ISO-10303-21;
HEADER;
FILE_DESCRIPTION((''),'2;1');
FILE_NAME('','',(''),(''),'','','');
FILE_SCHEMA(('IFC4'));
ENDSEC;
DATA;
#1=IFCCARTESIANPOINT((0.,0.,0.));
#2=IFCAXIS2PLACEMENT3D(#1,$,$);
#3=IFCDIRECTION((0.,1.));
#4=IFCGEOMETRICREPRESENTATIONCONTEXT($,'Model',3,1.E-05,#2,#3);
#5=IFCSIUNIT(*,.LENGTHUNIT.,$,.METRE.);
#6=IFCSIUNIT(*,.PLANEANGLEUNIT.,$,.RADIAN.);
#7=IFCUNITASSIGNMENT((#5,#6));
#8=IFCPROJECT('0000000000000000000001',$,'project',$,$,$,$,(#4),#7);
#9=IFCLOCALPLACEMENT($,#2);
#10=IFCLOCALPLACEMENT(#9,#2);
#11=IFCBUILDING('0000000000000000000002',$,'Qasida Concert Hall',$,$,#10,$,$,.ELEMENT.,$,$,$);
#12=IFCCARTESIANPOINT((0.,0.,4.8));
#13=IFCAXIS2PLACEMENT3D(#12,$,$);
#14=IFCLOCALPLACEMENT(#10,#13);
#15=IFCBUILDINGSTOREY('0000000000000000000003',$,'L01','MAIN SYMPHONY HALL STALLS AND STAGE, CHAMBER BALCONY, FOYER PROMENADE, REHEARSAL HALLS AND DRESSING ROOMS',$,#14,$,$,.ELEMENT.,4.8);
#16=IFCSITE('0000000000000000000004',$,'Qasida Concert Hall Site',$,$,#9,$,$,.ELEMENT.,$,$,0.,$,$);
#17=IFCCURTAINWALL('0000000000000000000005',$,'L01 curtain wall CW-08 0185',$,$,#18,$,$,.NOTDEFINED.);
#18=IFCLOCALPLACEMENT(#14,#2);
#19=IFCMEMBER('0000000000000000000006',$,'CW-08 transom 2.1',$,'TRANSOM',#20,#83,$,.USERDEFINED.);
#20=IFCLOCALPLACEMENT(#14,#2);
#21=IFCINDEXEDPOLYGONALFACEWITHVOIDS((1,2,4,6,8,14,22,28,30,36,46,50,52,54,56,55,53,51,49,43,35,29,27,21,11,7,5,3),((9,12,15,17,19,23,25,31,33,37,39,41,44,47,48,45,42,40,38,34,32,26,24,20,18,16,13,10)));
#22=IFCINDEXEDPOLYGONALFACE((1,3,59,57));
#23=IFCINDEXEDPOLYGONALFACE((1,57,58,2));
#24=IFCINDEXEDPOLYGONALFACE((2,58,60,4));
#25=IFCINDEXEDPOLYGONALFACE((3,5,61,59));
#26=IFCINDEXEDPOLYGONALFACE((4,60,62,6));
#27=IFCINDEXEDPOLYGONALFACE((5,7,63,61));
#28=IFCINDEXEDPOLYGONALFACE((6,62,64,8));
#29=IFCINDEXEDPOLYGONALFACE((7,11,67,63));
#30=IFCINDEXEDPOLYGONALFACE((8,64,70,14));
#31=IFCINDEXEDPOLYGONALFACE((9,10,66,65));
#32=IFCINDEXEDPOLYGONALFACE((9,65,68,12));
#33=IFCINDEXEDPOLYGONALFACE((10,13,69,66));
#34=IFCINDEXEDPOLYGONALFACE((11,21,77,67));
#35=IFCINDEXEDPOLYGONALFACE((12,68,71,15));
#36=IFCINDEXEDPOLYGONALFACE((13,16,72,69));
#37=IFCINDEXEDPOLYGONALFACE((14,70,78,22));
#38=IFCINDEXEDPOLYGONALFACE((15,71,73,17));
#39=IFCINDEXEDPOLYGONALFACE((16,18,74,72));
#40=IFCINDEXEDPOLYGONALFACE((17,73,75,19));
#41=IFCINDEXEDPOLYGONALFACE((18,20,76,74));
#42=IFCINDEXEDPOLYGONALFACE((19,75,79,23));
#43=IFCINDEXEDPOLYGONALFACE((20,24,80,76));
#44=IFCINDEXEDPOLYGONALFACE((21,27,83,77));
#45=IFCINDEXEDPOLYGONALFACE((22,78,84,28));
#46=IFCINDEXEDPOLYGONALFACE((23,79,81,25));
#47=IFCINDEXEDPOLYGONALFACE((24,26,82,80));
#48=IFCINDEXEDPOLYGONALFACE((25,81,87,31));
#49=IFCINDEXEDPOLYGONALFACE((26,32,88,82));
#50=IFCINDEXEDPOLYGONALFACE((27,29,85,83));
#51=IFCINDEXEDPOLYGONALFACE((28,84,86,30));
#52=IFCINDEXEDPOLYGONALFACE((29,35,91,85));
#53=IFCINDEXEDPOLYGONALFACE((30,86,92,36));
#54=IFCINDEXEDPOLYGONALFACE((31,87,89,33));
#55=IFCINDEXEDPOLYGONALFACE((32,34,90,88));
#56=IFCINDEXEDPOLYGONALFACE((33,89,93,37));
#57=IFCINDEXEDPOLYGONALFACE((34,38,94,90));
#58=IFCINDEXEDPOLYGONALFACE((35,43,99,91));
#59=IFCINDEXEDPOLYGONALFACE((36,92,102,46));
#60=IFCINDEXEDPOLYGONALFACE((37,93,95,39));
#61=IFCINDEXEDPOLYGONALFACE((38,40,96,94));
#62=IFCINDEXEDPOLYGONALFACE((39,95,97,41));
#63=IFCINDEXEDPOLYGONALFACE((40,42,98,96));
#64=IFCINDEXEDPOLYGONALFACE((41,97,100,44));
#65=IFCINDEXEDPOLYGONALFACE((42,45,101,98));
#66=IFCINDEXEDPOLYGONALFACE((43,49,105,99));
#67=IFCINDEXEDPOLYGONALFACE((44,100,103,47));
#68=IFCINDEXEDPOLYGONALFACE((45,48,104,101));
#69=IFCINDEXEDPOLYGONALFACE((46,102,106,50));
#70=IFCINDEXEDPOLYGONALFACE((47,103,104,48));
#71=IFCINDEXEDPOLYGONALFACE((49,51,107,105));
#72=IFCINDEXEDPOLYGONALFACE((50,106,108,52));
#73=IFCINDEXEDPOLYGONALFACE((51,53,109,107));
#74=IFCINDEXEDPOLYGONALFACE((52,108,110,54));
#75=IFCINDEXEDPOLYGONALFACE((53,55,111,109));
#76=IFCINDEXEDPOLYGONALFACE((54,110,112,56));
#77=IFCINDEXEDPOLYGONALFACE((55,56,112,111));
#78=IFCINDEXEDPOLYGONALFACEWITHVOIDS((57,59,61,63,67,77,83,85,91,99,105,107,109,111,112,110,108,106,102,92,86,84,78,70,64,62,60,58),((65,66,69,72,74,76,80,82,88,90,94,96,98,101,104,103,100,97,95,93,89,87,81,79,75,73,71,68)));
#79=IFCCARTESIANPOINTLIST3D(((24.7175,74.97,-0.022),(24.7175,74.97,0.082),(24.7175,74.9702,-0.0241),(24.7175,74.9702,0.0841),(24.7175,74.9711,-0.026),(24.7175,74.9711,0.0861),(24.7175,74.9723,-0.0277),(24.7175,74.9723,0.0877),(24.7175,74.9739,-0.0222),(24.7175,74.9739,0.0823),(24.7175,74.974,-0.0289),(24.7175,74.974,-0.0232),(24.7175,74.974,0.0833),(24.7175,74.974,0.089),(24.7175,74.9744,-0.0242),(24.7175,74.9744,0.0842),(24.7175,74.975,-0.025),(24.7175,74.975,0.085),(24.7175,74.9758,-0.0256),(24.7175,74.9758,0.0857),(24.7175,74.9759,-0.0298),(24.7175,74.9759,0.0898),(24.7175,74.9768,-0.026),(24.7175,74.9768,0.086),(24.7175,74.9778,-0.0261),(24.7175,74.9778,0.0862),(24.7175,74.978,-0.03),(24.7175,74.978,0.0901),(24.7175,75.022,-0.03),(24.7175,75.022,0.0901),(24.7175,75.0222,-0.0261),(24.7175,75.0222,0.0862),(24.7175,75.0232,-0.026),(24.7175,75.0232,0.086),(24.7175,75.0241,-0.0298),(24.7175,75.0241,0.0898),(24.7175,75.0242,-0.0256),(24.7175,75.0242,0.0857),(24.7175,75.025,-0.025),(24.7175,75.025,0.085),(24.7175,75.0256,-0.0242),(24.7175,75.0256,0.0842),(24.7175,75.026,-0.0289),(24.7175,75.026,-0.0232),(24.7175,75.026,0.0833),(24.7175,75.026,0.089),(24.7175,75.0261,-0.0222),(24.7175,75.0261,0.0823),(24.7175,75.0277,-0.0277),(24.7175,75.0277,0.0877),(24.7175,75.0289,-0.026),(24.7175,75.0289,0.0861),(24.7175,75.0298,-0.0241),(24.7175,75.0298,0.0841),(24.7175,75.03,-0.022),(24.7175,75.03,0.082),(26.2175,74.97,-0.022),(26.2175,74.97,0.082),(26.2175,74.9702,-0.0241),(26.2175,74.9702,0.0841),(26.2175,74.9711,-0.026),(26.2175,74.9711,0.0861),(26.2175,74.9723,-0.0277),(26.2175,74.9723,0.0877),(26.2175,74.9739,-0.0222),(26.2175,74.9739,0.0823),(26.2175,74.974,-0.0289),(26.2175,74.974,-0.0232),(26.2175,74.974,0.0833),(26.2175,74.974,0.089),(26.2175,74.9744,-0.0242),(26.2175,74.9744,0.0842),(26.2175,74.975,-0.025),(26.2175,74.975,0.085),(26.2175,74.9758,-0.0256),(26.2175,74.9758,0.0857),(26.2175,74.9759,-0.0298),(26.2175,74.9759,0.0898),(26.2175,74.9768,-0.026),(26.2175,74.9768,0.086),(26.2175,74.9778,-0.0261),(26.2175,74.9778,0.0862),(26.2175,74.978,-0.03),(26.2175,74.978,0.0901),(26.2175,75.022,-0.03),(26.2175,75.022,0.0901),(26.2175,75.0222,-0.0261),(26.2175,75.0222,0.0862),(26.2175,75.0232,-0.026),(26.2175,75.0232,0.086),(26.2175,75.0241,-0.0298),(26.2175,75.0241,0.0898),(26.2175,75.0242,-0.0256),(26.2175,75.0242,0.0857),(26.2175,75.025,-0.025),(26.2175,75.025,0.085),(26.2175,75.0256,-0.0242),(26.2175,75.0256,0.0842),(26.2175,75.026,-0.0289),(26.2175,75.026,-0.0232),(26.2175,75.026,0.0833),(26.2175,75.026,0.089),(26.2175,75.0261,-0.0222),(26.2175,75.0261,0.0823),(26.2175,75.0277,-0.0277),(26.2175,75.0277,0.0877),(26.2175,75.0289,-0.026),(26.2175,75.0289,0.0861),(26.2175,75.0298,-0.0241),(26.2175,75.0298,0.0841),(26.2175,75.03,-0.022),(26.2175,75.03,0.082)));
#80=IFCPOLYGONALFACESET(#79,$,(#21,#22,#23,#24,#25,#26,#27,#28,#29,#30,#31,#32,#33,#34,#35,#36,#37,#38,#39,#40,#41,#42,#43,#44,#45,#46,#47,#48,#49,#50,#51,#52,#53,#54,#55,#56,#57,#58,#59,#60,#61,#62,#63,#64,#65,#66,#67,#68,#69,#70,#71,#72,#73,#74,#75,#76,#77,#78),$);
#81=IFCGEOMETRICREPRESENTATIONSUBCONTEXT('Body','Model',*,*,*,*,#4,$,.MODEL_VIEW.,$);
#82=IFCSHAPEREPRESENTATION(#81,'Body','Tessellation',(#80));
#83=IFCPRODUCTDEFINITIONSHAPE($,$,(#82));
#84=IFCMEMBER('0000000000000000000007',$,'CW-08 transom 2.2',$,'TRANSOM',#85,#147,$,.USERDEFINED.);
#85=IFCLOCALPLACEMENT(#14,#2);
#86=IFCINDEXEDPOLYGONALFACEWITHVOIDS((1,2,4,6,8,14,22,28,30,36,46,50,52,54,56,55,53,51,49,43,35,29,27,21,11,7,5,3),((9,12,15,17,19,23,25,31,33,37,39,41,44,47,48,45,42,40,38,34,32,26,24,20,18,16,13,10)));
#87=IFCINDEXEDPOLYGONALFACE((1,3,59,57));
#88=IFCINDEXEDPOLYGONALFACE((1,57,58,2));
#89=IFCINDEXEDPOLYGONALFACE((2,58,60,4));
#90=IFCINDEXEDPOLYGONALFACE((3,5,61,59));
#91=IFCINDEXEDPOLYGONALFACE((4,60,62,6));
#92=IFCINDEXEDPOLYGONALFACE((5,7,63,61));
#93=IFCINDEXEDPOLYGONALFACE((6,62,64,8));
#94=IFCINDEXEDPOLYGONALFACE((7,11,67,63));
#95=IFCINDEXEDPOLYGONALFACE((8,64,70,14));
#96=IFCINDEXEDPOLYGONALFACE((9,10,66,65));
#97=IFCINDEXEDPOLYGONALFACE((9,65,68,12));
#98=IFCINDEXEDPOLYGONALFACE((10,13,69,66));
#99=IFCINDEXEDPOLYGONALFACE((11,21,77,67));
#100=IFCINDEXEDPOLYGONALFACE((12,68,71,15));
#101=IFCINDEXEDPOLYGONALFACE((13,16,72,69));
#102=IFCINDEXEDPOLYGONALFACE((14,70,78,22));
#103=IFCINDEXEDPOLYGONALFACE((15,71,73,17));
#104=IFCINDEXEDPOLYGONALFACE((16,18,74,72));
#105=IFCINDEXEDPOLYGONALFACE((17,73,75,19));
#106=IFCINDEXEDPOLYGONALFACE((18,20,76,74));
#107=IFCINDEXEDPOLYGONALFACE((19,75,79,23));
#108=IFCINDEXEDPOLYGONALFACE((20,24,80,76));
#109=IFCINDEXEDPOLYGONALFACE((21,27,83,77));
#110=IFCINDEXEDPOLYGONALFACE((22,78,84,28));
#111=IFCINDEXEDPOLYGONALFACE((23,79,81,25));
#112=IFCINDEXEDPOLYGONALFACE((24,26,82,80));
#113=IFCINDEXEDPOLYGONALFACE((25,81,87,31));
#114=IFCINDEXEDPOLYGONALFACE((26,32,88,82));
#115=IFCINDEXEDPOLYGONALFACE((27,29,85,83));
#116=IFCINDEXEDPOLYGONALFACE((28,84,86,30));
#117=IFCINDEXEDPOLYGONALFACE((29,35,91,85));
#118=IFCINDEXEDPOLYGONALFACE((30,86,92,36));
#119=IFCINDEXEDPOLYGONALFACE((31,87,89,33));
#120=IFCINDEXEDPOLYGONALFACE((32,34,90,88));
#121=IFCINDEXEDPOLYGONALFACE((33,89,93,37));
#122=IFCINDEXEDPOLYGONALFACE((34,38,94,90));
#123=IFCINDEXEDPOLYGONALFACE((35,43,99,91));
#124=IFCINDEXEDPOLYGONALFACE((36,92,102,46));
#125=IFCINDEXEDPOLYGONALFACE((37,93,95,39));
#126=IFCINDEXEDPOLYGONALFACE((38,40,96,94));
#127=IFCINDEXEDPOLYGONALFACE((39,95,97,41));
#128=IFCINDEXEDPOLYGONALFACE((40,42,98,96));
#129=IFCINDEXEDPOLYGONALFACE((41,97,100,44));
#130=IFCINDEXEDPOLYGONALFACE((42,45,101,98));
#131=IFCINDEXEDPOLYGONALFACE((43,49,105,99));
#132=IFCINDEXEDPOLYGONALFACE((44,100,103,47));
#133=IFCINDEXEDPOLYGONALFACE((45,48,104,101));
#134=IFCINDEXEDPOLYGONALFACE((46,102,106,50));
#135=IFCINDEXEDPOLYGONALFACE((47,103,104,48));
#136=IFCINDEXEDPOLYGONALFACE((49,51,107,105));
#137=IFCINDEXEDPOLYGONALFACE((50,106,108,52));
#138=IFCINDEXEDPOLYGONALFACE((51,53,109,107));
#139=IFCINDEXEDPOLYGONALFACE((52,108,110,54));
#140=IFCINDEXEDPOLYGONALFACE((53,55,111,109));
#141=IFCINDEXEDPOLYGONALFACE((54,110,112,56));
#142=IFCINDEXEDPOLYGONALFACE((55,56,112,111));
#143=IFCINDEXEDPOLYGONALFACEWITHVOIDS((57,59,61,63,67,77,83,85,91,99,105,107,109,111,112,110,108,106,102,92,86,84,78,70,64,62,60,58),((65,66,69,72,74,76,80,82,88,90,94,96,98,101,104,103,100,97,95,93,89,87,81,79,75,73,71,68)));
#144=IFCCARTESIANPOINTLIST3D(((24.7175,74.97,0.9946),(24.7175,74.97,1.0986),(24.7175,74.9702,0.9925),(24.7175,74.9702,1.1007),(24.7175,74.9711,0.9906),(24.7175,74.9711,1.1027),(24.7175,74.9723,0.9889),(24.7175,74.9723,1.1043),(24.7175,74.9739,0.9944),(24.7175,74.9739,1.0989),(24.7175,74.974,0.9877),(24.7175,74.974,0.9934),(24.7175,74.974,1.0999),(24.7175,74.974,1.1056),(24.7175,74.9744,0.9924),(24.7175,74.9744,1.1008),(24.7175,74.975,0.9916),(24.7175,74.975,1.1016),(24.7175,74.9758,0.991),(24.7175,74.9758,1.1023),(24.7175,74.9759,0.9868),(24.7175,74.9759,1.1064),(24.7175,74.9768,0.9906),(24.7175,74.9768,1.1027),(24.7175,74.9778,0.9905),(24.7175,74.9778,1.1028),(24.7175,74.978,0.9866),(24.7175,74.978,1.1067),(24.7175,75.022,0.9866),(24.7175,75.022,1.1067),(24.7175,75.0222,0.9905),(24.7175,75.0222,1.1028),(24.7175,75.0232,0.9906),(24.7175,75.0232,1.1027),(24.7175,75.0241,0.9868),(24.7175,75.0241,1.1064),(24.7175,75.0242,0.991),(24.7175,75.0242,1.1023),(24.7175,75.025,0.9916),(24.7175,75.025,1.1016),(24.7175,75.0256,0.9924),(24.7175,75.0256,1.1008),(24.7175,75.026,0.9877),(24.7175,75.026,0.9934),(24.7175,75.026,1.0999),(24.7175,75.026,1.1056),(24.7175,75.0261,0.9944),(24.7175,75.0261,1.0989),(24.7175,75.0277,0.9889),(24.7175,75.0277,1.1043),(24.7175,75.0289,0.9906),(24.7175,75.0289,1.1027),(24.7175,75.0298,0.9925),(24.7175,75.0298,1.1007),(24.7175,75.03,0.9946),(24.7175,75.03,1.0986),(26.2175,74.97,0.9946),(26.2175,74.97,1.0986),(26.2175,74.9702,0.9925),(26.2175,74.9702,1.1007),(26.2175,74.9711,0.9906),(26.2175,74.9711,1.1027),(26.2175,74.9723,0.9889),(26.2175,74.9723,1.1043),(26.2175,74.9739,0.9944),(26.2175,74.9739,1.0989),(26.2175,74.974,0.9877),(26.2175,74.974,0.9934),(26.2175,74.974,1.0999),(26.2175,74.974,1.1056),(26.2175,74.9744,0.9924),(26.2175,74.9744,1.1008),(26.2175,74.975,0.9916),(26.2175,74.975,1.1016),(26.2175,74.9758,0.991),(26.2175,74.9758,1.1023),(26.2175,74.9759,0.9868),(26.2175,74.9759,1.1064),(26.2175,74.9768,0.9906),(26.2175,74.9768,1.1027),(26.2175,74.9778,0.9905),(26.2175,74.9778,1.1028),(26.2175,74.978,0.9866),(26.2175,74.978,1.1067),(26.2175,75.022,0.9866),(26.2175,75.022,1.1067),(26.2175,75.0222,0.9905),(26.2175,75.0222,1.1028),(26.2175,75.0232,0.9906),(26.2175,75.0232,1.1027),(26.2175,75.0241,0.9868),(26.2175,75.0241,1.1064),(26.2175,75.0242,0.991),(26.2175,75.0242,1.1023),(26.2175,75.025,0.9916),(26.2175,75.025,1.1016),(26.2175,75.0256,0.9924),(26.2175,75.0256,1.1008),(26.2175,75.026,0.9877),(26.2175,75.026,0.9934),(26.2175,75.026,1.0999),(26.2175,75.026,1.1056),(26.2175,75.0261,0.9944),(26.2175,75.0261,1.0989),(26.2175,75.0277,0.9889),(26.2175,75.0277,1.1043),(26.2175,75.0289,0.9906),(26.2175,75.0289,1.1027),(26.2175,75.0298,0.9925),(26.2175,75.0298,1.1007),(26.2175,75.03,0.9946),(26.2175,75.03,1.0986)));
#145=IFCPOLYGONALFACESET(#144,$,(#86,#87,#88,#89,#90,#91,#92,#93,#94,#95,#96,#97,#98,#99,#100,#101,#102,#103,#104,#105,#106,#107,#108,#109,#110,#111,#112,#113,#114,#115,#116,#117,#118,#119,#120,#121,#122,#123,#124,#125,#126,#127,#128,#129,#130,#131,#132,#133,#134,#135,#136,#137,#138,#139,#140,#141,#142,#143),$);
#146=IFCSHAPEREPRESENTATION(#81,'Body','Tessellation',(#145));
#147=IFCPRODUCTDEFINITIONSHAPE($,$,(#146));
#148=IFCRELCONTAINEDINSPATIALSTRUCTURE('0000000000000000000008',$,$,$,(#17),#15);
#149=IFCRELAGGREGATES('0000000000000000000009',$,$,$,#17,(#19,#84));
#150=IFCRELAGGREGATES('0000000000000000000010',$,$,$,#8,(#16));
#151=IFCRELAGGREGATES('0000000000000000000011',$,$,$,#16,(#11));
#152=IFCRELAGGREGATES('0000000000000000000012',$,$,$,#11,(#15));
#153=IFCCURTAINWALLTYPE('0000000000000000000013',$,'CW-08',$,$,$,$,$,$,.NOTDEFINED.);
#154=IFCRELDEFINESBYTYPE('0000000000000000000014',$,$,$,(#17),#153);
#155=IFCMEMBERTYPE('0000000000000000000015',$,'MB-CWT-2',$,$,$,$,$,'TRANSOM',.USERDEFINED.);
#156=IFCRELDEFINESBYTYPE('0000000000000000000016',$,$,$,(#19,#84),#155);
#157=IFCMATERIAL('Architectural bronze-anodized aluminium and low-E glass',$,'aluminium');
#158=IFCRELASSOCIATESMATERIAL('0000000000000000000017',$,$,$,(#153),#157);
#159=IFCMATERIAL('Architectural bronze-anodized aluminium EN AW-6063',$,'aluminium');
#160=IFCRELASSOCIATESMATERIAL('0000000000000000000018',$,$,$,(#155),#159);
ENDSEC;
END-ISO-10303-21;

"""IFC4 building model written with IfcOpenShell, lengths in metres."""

from ifc_helpers import new_model, si_unit, direction, frame, origin, origin_2d, place, context, subcontext, project, spatial, hollow_rectangle, extrude, material, material_profile, profile_set, type_object, element, aggregate, save


model = new_model("IFC4")

# Units and contexts
model_context = context("Model", 3, precision=1e-05, world=origin(), true_north=direction((0.0, 1.0)))
body_context = subcontext(model_context, "Body", "Model", "MODEL_VIEW")
ifc_project = project(units=[si_unit("LENGTHUNIT", "METRE"), si_unit("PLANEANGLEUNIT", "RADIAN")], contexts=[model_context])

# Site, building, storey
site_placement = place(None, origin())
site = spatial("IfcSite", under=ifc_project, at=site_placement, Name="Qasida Concert Hall Site", CompositionType="ELEMENT", RefElevation=0.0)
building_placement = place(site_placement, origin())
building = spatial("IfcBuilding", under=site, at=building_placement, Name="Qasida Concert Hall", CompositionType="ELEMENT")
storey_placement = place(building_placement, frame((0.0, 0.0, 4.8)))
storey = spatial("IfcBuildingStorey", under=building, at=storey_placement, Name="L01", Description="MAIN SYMPHONY HALL STALLS AND STAGE, CHAMBER BALCONY, FOYER PROMENADE, REHEARSAL HALLS AND DRESSING ROOMS", CompositionType="ELEMENT", Elevation=4.8)

# Shared definitions
ifc_material_1 = material(Name="Architectural bronze-anodized aluminium and low-E glass", Category="aluminium")
ifc_material_2 = material(Name="Architectural bronze-anodized aluminium EN AW-6063", Category="aluminium")

# Curtain wall
curtain_wall_type_1 = type_object("IfcCurtainWallType", Name="CW-08", PredefinedType="NOTDEFINED", material=ifc_material_1)
curtain_wall_1_placement = place(storey_placement, origin())
curtain_wall_1 = element("IfcCurtainWall", 1, at=curtain_wall_1_placement, inside=storey, type_object=curtain_wall_type_1, Name="L01 curtain wall CW-08 0185", PredefinedType="NOTDEFINED")

# Members
ifc_material_profile_1 = material_profile(ifc_material_2, hollow_rectangle(XDim=0.0601, YDim=0.1201, WallThickness=0.0039, InnerFilletRadius=0.0039, OuterFilletRadius=0.0081, at=origin_2d()), Name="CWT 120x60x4")
ifc_profile_set_1 = profile_set([ifc_material_profile_1], Name="Architectural bronze-anodized aluminium EN AW-6063")
member_type_1 = type_object("IfcMemberType", Name="MB-CWT-2", ElementType="TRANSOM", PredefinedType="USERDEFINED", material=ifc_profile_set_1)
member_1_placement = place(storey_placement, frame((24.7175, 75.0, 0.03), z_axis=(1.0, 0.0, 0.0), x_axis=(0.0, 1.0, 0.0)))
member_1 = element("IfcMember", 2, at=member_1_placement, type_object=member_type_1, Name="CW-08 transom 2.1", ObjectType="TRANSOM", PredefinedType="USERDEFINED", context=body_context, shape_type="SweptSolid", body=[
    extrude(hollow_rectangle(XDim=0.0601, YDim=0.1201, WallThickness=0.0039, InnerFilletRadius=0.0039, OuterFilletRadius=0.0081, at=origin_2d()), origin(), (0.0, 0.0, 1.0), 1.5),
])
member_2_placement = place(storey_placement, frame((24.7175, 75.0, 1.0466), z_axis=(1.0, 0.0, 0.0), x_axis=(0.0, 1.0, 0.0)))
member_2 = element("IfcMember", 3, at=member_2_placement, type_object=member_type_1, Name="CW-08 transom 2.2", ObjectType="TRANSOM", PredefinedType="USERDEFINED", context=body_context, shape_type="SweptSolid", body=[
    extrude(hollow_rectangle(XDim=0.0601, YDim=0.1201, WallThickness=0.0039, InnerFilletRadius=0.0039, OuterFilletRadius=0.0081, at=origin_2d()), origin(), (0.0, 0.0, 1.0), 1.5),
])

aggregate(curtain_wall_1, [member_1, member_2])

save(model, "model.ifc")
